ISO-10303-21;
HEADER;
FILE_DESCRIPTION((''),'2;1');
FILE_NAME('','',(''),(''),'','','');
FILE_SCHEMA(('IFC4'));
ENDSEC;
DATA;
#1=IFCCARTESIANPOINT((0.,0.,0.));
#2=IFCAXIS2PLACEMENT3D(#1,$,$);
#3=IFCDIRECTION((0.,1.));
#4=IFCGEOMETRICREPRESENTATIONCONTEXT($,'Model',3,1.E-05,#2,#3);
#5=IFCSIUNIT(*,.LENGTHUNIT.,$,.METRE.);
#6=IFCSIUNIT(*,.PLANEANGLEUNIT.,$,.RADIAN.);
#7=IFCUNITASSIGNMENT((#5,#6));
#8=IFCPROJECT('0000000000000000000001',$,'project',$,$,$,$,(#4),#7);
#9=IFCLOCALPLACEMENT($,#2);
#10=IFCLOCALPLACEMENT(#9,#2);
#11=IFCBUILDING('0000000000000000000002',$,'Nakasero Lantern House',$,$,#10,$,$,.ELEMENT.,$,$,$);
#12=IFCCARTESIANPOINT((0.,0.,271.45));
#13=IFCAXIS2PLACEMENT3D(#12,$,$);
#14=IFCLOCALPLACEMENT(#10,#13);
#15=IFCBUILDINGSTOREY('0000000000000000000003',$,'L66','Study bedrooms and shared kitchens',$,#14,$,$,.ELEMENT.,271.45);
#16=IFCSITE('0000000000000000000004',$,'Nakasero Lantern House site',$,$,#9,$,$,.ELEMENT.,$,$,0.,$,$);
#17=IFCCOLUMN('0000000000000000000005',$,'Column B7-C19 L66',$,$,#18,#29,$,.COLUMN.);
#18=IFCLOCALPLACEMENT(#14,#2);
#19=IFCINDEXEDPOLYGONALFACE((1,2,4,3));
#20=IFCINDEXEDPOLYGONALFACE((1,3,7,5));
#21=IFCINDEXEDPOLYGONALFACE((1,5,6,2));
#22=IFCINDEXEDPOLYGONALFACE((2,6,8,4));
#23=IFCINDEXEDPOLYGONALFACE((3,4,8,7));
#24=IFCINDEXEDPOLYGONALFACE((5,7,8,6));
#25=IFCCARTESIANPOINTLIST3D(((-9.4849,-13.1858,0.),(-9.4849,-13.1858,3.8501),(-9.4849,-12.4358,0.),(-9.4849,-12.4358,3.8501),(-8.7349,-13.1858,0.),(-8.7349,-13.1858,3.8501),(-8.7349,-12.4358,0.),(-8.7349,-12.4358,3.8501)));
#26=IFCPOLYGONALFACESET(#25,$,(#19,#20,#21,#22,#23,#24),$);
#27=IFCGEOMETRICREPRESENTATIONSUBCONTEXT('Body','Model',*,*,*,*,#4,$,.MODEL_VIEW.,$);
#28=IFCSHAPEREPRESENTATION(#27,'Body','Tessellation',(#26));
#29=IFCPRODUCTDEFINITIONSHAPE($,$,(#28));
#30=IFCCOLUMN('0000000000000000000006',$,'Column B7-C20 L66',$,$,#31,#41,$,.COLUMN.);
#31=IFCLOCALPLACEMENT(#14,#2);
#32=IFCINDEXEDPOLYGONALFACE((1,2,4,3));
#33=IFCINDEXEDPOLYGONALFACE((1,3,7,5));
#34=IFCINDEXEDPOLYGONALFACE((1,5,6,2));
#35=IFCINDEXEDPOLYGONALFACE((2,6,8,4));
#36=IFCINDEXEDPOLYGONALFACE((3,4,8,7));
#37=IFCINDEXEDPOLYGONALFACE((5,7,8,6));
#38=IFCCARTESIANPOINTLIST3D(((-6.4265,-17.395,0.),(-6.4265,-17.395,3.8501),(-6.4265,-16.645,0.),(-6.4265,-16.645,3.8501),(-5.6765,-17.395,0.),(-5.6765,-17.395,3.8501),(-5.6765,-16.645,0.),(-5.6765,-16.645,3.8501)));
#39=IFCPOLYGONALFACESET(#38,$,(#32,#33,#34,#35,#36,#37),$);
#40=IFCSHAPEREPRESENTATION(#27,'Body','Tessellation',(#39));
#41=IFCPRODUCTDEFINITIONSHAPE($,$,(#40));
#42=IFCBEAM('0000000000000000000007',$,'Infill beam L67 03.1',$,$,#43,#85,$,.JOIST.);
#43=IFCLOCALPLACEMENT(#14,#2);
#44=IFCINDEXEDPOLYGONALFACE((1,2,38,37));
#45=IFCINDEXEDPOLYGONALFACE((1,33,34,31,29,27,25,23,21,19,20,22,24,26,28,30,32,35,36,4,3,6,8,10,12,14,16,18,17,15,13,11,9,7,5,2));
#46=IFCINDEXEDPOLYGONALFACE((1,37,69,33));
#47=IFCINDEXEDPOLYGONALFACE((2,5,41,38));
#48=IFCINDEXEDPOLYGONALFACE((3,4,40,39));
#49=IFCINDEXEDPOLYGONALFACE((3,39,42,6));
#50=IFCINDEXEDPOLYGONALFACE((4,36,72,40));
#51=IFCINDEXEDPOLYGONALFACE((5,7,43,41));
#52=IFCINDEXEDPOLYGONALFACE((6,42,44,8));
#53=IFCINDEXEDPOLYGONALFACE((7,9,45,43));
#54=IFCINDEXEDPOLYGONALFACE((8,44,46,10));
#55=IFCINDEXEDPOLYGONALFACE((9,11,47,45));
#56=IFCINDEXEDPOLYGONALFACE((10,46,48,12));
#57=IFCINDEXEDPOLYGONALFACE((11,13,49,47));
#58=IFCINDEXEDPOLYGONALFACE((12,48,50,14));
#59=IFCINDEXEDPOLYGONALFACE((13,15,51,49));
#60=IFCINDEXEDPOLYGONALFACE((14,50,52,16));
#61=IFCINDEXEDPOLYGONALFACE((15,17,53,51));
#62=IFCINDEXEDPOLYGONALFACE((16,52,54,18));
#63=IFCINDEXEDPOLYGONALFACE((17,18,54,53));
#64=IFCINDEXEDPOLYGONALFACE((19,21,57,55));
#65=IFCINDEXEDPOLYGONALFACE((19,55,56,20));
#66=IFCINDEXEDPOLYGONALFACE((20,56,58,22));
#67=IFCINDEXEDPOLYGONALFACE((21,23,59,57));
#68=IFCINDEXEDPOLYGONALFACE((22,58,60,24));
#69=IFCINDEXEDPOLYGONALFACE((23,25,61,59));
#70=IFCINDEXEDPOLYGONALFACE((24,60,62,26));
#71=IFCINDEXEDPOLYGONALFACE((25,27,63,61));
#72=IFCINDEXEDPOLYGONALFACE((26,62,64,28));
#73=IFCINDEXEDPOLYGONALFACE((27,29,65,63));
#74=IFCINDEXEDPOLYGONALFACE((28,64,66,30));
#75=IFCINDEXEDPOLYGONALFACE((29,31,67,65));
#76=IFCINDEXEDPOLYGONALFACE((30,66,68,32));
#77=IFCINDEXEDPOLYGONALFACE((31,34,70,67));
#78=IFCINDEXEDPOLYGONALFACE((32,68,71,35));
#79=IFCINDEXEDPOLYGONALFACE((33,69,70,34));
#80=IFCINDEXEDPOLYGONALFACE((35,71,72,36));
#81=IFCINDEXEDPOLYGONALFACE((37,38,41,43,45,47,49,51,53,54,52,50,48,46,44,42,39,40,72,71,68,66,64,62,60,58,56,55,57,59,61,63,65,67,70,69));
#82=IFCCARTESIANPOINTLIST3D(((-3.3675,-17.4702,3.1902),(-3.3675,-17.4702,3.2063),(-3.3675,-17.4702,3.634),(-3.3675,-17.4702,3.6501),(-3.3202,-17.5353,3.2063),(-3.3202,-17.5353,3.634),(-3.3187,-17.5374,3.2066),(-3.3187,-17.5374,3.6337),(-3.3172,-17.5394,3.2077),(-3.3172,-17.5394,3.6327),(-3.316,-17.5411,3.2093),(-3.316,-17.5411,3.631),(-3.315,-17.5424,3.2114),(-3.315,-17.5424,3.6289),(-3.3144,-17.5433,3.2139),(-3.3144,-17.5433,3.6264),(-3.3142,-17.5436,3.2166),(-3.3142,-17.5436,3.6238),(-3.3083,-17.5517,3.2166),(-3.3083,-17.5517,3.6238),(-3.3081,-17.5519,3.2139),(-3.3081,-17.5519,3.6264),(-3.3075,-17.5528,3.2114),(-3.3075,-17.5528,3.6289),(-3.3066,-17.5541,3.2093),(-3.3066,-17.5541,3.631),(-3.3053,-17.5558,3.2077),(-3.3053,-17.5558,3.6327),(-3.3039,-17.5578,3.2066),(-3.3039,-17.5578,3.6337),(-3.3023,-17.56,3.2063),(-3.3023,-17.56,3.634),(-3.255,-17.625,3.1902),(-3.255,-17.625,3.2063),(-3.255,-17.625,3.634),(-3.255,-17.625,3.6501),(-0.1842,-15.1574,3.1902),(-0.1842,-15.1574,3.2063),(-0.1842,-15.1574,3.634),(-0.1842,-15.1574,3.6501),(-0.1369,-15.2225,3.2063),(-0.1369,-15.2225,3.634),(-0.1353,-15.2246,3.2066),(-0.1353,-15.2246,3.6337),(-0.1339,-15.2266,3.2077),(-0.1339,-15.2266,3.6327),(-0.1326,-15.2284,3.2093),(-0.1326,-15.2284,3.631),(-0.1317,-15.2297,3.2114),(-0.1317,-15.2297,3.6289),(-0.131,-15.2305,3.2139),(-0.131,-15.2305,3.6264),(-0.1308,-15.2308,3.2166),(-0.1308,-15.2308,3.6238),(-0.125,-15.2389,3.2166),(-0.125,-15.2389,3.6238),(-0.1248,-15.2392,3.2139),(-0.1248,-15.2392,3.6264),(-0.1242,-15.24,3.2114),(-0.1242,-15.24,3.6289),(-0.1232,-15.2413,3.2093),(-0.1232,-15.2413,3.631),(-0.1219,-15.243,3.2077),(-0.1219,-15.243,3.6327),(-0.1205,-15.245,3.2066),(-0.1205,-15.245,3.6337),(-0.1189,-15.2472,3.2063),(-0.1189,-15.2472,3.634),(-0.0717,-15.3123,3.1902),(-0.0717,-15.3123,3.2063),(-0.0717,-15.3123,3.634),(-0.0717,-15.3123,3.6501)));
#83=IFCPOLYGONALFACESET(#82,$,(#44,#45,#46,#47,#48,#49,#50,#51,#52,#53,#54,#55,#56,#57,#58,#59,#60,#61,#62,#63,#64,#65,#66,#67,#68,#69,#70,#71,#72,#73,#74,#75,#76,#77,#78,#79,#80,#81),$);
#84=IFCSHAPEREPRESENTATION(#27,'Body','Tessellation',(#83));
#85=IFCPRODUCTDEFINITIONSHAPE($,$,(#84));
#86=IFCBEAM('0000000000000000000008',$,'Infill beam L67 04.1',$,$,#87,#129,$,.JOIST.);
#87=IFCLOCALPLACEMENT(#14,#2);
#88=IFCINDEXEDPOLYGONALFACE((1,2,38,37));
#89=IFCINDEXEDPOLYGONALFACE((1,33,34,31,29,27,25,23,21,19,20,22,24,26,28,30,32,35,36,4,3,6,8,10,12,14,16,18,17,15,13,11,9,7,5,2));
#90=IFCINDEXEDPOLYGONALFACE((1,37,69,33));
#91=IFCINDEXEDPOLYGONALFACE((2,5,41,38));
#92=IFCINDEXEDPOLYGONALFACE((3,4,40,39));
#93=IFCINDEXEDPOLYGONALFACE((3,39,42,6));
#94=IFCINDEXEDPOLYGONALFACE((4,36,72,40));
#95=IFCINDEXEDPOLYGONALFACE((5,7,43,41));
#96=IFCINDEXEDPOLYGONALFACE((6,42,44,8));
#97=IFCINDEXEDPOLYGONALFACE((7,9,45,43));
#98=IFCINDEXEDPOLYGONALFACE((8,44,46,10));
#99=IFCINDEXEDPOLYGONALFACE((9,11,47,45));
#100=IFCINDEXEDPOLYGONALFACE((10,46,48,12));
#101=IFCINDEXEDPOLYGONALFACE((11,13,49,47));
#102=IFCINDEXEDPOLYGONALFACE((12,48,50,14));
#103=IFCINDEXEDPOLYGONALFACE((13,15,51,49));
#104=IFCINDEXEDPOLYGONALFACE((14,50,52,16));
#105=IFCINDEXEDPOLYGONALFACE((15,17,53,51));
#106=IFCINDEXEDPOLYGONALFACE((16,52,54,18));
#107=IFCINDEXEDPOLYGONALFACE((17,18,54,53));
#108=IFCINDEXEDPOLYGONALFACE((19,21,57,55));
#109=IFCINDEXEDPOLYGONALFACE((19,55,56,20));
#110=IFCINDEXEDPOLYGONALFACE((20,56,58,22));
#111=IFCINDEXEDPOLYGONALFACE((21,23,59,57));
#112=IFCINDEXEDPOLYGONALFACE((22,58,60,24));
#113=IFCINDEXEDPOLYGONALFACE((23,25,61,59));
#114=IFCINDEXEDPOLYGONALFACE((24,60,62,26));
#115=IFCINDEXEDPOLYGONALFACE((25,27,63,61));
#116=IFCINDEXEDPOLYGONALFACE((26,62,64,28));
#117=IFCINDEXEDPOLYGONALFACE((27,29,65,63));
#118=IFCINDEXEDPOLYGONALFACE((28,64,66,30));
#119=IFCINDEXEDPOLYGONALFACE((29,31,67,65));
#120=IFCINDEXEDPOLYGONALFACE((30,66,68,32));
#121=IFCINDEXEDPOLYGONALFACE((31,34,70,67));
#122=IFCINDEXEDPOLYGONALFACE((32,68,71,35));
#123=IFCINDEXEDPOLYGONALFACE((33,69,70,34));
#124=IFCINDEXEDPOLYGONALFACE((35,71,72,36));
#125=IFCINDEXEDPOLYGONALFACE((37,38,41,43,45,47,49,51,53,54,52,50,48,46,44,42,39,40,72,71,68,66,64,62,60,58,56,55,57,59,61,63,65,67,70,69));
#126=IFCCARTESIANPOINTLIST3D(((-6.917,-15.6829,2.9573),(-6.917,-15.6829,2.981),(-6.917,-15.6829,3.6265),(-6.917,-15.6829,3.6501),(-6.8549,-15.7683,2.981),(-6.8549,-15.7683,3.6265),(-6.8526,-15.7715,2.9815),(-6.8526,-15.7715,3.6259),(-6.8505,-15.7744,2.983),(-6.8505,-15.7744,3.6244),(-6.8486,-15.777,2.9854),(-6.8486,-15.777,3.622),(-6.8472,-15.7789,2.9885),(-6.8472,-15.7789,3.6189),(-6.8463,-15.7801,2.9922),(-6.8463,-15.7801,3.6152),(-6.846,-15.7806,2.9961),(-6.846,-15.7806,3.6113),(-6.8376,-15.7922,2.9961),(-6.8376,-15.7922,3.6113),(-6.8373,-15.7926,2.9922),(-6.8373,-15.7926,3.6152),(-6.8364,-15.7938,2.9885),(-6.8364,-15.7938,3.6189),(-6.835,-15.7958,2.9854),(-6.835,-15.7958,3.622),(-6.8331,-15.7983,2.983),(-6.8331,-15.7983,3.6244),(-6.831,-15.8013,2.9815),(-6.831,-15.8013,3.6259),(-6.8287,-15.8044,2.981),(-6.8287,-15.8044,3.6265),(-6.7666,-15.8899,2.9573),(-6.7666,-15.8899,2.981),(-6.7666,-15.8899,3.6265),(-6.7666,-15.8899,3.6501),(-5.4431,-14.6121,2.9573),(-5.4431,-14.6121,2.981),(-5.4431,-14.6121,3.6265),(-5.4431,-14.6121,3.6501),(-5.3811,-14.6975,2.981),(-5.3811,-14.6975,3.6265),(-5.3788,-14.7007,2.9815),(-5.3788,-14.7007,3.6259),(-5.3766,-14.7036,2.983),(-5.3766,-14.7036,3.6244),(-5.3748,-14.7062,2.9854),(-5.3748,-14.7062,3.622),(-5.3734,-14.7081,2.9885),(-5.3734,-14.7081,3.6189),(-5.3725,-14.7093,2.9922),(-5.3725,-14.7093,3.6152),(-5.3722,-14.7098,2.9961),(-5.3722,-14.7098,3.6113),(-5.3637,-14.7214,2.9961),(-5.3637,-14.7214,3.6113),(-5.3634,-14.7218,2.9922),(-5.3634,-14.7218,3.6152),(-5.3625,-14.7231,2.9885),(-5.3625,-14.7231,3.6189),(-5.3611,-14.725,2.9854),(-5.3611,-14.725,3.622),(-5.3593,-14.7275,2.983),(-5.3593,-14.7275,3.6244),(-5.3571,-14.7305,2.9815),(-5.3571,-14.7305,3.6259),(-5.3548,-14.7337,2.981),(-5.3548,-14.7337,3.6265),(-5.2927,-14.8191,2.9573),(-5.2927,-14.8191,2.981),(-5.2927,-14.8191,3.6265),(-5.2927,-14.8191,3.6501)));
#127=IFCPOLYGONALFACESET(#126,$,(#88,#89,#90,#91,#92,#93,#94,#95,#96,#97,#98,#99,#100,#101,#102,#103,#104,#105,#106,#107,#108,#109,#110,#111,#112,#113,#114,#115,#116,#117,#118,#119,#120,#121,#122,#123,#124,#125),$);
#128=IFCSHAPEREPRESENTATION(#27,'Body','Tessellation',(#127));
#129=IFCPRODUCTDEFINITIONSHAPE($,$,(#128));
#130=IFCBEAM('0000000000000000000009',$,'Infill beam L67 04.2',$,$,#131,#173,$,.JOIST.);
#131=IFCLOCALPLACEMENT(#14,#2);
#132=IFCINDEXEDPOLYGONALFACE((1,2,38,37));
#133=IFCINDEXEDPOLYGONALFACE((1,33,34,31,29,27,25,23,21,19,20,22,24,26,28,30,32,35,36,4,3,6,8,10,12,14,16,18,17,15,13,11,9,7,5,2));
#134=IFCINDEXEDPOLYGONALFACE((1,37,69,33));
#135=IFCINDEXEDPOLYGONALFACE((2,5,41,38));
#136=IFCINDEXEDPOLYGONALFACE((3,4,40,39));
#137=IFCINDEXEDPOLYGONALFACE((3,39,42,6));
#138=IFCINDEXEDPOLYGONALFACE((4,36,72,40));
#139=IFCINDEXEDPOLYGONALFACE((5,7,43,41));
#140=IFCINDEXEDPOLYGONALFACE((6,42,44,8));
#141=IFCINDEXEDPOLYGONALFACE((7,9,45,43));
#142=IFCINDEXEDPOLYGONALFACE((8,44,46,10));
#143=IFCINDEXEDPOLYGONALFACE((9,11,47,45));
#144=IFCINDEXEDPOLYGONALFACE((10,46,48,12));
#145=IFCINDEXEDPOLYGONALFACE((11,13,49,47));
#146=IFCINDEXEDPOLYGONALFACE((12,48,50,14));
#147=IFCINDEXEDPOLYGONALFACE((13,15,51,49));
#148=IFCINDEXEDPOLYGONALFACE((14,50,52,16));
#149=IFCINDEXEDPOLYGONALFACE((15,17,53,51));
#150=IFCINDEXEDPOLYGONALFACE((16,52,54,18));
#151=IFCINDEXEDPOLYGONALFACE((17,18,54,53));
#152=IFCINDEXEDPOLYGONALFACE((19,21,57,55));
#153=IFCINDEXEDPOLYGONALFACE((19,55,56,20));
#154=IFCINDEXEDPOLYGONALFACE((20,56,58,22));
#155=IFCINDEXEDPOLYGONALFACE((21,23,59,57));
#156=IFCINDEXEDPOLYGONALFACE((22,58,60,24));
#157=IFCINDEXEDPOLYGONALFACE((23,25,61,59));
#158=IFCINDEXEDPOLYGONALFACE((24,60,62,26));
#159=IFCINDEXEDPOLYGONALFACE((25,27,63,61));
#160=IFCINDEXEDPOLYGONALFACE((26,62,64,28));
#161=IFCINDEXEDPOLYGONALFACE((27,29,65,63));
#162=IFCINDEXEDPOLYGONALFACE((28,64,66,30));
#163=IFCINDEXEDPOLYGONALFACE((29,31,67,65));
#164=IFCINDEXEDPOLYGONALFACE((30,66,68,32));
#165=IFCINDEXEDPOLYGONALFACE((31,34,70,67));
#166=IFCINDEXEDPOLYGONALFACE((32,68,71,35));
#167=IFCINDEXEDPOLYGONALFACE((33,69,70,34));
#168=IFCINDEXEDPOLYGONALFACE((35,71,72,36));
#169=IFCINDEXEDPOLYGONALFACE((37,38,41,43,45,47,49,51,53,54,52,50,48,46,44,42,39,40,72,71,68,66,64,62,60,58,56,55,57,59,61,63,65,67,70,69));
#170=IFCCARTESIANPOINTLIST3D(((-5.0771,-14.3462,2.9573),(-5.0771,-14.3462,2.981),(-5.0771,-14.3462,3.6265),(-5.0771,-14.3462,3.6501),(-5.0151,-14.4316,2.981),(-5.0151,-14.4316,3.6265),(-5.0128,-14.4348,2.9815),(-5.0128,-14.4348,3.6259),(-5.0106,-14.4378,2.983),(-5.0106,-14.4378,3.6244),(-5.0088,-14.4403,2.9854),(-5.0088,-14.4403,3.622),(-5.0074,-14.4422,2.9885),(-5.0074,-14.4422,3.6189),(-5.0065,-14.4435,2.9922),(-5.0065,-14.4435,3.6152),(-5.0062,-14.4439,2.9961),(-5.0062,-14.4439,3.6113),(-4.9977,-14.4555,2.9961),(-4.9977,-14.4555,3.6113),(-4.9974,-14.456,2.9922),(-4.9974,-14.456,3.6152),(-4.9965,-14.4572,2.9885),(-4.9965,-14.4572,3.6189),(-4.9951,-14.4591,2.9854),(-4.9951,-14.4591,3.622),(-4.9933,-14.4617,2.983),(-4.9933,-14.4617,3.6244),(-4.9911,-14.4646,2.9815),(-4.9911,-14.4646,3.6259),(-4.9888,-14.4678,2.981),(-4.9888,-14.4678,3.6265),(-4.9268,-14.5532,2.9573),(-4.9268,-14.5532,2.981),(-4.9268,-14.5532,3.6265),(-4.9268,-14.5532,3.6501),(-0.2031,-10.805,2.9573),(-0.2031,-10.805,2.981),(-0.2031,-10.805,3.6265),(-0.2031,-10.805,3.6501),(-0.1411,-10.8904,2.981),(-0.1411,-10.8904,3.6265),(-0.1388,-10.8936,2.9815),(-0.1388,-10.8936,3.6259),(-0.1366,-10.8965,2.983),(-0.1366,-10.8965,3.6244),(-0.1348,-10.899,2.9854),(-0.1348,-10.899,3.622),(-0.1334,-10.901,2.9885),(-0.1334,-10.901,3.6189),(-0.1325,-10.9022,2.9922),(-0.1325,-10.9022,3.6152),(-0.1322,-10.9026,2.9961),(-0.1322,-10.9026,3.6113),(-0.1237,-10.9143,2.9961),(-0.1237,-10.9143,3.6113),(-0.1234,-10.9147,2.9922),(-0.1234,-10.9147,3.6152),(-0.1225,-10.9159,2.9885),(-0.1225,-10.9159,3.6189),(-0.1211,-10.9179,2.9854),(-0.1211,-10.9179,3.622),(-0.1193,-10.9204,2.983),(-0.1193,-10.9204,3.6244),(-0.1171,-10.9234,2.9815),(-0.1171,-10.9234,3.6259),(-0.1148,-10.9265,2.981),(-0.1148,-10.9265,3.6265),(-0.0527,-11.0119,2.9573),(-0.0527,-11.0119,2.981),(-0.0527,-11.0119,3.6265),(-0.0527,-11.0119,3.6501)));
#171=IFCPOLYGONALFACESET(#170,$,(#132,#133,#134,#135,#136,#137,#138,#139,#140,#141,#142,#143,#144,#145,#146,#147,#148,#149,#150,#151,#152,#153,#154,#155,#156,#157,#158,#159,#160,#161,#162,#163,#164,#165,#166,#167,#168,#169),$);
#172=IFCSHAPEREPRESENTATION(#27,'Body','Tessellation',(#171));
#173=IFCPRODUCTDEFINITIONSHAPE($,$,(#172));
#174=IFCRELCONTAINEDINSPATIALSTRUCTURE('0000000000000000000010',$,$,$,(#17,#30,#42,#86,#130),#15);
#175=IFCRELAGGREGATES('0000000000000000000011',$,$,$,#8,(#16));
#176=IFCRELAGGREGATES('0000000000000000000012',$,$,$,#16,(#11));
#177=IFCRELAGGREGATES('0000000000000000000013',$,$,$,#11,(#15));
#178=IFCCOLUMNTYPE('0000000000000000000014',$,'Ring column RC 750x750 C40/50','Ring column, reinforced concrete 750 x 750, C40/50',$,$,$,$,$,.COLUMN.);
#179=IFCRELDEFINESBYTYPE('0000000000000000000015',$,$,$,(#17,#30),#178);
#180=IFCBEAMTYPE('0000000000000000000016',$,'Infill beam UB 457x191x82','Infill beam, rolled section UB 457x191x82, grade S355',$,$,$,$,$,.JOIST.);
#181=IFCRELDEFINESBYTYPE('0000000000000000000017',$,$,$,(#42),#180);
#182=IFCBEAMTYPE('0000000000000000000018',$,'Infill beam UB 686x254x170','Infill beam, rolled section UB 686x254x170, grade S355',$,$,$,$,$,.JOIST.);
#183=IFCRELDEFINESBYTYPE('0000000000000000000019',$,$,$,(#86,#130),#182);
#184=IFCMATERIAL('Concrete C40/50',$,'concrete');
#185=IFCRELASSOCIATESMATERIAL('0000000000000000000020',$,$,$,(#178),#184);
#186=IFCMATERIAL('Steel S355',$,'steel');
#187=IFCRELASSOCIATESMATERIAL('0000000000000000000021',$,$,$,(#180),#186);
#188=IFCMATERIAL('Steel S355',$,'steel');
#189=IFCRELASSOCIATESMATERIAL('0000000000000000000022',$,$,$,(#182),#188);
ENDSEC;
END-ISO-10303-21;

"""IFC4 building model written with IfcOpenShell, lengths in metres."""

from ifc_helpers import new_model, si_unit, direction, frame, origin, origin_2d, place, context, subcontext, project, spatial, rectangle, i_section, extrude, material, material_profile, profile_set, type_object, element, save


model = new_model("IFC4")

# Units and contexts
model_context = context("Model", 3, precision=1e-05, world=origin(), true_north=direction((0.0, 1.0)))
body_context = subcontext(model_context, "Body", "Model", "MODEL_VIEW")
ifc_project = project(units=[si_unit("LENGTHUNIT", "METRE"), si_unit("PLANEANGLEUNIT", "RADIAN")], contexts=[model_context])

# Site, building, storey
site_placement = place(None, origin())
site = spatial("IfcSite", under=ifc_project, at=site_placement, Name="Nakasero Lantern House site", CompositionType="ELEMENT", RefElevation=0.0)
building_placement = place(site_placement, origin())
building = spatial("IfcBuilding", under=site, at=building_placement, Name="Nakasero Lantern House", CompositionType="ELEMENT")
storey_placement = place(building_placement, frame((0.0, 0.0, 271.45)))
storey = spatial("IfcBuildingStorey", under=building, at=storey_placement, Name="L66", Description="Study bedrooms and shared kitchens", CompositionType="ELEMENT", Elevation=271.45)

# Columns
ifc_material_1 = material(Name="Concrete C40/50", Category="concrete")
ifc_material_profile_1 = material_profile(ifc_material_1, rectangle(XDim=0.75, YDim=0.75, at=origin_2d()), Name="RC 750x750")
ifc_profile_set_1 = profile_set([ifc_material_profile_1], Name="Concrete C40/50")
column_type = type_object("IfcColumnType", Name="Ring column RC 750x750 C40/50", Description="Ring column, reinforced concrete 750 x 750, C40/50", PredefinedType="COLUMN", material=ifc_profile_set_1)
for number, where, z_axis, x_axis, name in (
    (1, (-9.1099, -12.8108, 0.0), (0.0, 0.0, 1.0), (1.0, 0.0, 0.0), "Column B7-C19 L66"),
    (2, (-6.0515, -17.02, 0.0), (0.0, 0.0, 1.0), (1.0, 0.0, 0.0), "Column B7-C20 L66"),
):
    element("IfcColumn", number, at=place(storey_placement, frame(where, z_axis=z_axis, x_axis=x_axis)), inside=storey, type_object=column_type, Name=name, PredefinedType="COLUMN", context=body_context, shape_type="SweptSolid", body=[
        extrude(rectangle(XDim=0.75, YDim=0.75, at=origin_2d()), origin(), (0.0, 0.0, 1.0), 3.8501),
    ])

# Beams
ifc_material_2 = material(Name="Steel S355", Category="steel")
ifc_material_profile_2 = material_profile(ifc_material_2, i_section(OverallWidth=0.1914, OverallDepth=0.46, WebThickness=0.01, FlangeThickness=0.0161, FilletRadius=0.0103, at=origin_2d()), Name="UB 457x191x82")
ifc_profile_set_2 = profile_set([ifc_material_profile_2], Name="Steel S355")
beam_type_1 = type_object("IfcBeamType", Name="Infill beam UB 457x191x82", Description="Infill beam, rolled section UB 457x191x82, grade S355", PredefinedType="JOIST", material=ifc_profile_set_2)
beam_1_placement = place(storey_placement, frame((-3.3113, -17.5476, 3.4202), z_axis=(0.809028, 0.587769, 0.0), x_axis=(-0.587769, 0.809028, 0.0)))
element("IfcBeam", 3, at=beam_1_placement, inside=storey, type_object=beam_type_1, Name="Infill beam L67 03.1", PredefinedType="JOIST", context=body_context, shape_type="SweptSolid", body=[
    extrude(i_section(OverallWidth=0.1914, OverallDepth=0.46, WebThickness=0.01, FlangeThickness=0.0161, FilletRadius=0.0103, at=origin_2d()), origin(), (0.0, 0.0, 1.0), 3.9348),
])
ifc_material_3 = material(Name="Steel S355", Category="steel")
ifc_material_profile_3 = material_profile(ifc_material_3, i_section(OverallWidth=0.2559, OverallDepth=0.6929, WebThickness=0.0144, FlangeThickness=0.0237, FilletRadius=0.0151, at=origin_2d()), Name="UB 686x254x170")
ifc_profile_set_3 = profile_set([ifc_material_profile_3], Name="Steel S355")
beam_type_2 = type_object("IfcBeamType", Name="Infill beam UB 686x254x170", Description="Infill beam, rolled section UB 686x254x170, grade S355", PredefinedType="JOIST", material=ifc_profile_set_3)
beam_2_placement = place(storey_placement, frame((-6.8418, -15.7864, 3.3037), z_axis=(0.809026, 0.587773, 0.0), x_axis=(-0.587773, 0.809026, 0.0)))
element("IfcBeam", 4, at=beam_2_placement, inside=storey, type_object=beam_type_2, Name="Infill beam L67 04.1", PredefinedType="JOIST", context=body_context, shape_type="SweptSolid", body=[
    extrude(i_section(OverallWidth=0.2559, OverallDepth=0.6929, WebThickness=0.0144, FlangeThickness=0.0237, FilletRadius=0.0151, at=origin_2d()), origin(), (0.0, 0.0, 1.0), 1.8218),
])
beam_3_placement = place(storey_placement, frame((-5.002, -14.4497, 3.3037), z_axis=(0.809011, 0.587793, 0.0), x_axis=(-0.587793, 0.809011, 0.0)))
element("IfcBeam", 5, at=beam_3_placement, inside=storey, type_object=beam_type_2, Name="Infill beam L67 04.2", PredefinedType="JOIST", context=body_context, shape_type="SweptSolid", body=[
    extrude(i_section(OverallWidth=0.2559, OverallDepth=0.6929, WebThickness=0.0144, FlangeThickness=0.0237, FilletRadius=0.0151, at=origin_2d()), origin(), (0.0, 0.0, 1.0), 6.0247),
])

save(model, "model.ifc")
